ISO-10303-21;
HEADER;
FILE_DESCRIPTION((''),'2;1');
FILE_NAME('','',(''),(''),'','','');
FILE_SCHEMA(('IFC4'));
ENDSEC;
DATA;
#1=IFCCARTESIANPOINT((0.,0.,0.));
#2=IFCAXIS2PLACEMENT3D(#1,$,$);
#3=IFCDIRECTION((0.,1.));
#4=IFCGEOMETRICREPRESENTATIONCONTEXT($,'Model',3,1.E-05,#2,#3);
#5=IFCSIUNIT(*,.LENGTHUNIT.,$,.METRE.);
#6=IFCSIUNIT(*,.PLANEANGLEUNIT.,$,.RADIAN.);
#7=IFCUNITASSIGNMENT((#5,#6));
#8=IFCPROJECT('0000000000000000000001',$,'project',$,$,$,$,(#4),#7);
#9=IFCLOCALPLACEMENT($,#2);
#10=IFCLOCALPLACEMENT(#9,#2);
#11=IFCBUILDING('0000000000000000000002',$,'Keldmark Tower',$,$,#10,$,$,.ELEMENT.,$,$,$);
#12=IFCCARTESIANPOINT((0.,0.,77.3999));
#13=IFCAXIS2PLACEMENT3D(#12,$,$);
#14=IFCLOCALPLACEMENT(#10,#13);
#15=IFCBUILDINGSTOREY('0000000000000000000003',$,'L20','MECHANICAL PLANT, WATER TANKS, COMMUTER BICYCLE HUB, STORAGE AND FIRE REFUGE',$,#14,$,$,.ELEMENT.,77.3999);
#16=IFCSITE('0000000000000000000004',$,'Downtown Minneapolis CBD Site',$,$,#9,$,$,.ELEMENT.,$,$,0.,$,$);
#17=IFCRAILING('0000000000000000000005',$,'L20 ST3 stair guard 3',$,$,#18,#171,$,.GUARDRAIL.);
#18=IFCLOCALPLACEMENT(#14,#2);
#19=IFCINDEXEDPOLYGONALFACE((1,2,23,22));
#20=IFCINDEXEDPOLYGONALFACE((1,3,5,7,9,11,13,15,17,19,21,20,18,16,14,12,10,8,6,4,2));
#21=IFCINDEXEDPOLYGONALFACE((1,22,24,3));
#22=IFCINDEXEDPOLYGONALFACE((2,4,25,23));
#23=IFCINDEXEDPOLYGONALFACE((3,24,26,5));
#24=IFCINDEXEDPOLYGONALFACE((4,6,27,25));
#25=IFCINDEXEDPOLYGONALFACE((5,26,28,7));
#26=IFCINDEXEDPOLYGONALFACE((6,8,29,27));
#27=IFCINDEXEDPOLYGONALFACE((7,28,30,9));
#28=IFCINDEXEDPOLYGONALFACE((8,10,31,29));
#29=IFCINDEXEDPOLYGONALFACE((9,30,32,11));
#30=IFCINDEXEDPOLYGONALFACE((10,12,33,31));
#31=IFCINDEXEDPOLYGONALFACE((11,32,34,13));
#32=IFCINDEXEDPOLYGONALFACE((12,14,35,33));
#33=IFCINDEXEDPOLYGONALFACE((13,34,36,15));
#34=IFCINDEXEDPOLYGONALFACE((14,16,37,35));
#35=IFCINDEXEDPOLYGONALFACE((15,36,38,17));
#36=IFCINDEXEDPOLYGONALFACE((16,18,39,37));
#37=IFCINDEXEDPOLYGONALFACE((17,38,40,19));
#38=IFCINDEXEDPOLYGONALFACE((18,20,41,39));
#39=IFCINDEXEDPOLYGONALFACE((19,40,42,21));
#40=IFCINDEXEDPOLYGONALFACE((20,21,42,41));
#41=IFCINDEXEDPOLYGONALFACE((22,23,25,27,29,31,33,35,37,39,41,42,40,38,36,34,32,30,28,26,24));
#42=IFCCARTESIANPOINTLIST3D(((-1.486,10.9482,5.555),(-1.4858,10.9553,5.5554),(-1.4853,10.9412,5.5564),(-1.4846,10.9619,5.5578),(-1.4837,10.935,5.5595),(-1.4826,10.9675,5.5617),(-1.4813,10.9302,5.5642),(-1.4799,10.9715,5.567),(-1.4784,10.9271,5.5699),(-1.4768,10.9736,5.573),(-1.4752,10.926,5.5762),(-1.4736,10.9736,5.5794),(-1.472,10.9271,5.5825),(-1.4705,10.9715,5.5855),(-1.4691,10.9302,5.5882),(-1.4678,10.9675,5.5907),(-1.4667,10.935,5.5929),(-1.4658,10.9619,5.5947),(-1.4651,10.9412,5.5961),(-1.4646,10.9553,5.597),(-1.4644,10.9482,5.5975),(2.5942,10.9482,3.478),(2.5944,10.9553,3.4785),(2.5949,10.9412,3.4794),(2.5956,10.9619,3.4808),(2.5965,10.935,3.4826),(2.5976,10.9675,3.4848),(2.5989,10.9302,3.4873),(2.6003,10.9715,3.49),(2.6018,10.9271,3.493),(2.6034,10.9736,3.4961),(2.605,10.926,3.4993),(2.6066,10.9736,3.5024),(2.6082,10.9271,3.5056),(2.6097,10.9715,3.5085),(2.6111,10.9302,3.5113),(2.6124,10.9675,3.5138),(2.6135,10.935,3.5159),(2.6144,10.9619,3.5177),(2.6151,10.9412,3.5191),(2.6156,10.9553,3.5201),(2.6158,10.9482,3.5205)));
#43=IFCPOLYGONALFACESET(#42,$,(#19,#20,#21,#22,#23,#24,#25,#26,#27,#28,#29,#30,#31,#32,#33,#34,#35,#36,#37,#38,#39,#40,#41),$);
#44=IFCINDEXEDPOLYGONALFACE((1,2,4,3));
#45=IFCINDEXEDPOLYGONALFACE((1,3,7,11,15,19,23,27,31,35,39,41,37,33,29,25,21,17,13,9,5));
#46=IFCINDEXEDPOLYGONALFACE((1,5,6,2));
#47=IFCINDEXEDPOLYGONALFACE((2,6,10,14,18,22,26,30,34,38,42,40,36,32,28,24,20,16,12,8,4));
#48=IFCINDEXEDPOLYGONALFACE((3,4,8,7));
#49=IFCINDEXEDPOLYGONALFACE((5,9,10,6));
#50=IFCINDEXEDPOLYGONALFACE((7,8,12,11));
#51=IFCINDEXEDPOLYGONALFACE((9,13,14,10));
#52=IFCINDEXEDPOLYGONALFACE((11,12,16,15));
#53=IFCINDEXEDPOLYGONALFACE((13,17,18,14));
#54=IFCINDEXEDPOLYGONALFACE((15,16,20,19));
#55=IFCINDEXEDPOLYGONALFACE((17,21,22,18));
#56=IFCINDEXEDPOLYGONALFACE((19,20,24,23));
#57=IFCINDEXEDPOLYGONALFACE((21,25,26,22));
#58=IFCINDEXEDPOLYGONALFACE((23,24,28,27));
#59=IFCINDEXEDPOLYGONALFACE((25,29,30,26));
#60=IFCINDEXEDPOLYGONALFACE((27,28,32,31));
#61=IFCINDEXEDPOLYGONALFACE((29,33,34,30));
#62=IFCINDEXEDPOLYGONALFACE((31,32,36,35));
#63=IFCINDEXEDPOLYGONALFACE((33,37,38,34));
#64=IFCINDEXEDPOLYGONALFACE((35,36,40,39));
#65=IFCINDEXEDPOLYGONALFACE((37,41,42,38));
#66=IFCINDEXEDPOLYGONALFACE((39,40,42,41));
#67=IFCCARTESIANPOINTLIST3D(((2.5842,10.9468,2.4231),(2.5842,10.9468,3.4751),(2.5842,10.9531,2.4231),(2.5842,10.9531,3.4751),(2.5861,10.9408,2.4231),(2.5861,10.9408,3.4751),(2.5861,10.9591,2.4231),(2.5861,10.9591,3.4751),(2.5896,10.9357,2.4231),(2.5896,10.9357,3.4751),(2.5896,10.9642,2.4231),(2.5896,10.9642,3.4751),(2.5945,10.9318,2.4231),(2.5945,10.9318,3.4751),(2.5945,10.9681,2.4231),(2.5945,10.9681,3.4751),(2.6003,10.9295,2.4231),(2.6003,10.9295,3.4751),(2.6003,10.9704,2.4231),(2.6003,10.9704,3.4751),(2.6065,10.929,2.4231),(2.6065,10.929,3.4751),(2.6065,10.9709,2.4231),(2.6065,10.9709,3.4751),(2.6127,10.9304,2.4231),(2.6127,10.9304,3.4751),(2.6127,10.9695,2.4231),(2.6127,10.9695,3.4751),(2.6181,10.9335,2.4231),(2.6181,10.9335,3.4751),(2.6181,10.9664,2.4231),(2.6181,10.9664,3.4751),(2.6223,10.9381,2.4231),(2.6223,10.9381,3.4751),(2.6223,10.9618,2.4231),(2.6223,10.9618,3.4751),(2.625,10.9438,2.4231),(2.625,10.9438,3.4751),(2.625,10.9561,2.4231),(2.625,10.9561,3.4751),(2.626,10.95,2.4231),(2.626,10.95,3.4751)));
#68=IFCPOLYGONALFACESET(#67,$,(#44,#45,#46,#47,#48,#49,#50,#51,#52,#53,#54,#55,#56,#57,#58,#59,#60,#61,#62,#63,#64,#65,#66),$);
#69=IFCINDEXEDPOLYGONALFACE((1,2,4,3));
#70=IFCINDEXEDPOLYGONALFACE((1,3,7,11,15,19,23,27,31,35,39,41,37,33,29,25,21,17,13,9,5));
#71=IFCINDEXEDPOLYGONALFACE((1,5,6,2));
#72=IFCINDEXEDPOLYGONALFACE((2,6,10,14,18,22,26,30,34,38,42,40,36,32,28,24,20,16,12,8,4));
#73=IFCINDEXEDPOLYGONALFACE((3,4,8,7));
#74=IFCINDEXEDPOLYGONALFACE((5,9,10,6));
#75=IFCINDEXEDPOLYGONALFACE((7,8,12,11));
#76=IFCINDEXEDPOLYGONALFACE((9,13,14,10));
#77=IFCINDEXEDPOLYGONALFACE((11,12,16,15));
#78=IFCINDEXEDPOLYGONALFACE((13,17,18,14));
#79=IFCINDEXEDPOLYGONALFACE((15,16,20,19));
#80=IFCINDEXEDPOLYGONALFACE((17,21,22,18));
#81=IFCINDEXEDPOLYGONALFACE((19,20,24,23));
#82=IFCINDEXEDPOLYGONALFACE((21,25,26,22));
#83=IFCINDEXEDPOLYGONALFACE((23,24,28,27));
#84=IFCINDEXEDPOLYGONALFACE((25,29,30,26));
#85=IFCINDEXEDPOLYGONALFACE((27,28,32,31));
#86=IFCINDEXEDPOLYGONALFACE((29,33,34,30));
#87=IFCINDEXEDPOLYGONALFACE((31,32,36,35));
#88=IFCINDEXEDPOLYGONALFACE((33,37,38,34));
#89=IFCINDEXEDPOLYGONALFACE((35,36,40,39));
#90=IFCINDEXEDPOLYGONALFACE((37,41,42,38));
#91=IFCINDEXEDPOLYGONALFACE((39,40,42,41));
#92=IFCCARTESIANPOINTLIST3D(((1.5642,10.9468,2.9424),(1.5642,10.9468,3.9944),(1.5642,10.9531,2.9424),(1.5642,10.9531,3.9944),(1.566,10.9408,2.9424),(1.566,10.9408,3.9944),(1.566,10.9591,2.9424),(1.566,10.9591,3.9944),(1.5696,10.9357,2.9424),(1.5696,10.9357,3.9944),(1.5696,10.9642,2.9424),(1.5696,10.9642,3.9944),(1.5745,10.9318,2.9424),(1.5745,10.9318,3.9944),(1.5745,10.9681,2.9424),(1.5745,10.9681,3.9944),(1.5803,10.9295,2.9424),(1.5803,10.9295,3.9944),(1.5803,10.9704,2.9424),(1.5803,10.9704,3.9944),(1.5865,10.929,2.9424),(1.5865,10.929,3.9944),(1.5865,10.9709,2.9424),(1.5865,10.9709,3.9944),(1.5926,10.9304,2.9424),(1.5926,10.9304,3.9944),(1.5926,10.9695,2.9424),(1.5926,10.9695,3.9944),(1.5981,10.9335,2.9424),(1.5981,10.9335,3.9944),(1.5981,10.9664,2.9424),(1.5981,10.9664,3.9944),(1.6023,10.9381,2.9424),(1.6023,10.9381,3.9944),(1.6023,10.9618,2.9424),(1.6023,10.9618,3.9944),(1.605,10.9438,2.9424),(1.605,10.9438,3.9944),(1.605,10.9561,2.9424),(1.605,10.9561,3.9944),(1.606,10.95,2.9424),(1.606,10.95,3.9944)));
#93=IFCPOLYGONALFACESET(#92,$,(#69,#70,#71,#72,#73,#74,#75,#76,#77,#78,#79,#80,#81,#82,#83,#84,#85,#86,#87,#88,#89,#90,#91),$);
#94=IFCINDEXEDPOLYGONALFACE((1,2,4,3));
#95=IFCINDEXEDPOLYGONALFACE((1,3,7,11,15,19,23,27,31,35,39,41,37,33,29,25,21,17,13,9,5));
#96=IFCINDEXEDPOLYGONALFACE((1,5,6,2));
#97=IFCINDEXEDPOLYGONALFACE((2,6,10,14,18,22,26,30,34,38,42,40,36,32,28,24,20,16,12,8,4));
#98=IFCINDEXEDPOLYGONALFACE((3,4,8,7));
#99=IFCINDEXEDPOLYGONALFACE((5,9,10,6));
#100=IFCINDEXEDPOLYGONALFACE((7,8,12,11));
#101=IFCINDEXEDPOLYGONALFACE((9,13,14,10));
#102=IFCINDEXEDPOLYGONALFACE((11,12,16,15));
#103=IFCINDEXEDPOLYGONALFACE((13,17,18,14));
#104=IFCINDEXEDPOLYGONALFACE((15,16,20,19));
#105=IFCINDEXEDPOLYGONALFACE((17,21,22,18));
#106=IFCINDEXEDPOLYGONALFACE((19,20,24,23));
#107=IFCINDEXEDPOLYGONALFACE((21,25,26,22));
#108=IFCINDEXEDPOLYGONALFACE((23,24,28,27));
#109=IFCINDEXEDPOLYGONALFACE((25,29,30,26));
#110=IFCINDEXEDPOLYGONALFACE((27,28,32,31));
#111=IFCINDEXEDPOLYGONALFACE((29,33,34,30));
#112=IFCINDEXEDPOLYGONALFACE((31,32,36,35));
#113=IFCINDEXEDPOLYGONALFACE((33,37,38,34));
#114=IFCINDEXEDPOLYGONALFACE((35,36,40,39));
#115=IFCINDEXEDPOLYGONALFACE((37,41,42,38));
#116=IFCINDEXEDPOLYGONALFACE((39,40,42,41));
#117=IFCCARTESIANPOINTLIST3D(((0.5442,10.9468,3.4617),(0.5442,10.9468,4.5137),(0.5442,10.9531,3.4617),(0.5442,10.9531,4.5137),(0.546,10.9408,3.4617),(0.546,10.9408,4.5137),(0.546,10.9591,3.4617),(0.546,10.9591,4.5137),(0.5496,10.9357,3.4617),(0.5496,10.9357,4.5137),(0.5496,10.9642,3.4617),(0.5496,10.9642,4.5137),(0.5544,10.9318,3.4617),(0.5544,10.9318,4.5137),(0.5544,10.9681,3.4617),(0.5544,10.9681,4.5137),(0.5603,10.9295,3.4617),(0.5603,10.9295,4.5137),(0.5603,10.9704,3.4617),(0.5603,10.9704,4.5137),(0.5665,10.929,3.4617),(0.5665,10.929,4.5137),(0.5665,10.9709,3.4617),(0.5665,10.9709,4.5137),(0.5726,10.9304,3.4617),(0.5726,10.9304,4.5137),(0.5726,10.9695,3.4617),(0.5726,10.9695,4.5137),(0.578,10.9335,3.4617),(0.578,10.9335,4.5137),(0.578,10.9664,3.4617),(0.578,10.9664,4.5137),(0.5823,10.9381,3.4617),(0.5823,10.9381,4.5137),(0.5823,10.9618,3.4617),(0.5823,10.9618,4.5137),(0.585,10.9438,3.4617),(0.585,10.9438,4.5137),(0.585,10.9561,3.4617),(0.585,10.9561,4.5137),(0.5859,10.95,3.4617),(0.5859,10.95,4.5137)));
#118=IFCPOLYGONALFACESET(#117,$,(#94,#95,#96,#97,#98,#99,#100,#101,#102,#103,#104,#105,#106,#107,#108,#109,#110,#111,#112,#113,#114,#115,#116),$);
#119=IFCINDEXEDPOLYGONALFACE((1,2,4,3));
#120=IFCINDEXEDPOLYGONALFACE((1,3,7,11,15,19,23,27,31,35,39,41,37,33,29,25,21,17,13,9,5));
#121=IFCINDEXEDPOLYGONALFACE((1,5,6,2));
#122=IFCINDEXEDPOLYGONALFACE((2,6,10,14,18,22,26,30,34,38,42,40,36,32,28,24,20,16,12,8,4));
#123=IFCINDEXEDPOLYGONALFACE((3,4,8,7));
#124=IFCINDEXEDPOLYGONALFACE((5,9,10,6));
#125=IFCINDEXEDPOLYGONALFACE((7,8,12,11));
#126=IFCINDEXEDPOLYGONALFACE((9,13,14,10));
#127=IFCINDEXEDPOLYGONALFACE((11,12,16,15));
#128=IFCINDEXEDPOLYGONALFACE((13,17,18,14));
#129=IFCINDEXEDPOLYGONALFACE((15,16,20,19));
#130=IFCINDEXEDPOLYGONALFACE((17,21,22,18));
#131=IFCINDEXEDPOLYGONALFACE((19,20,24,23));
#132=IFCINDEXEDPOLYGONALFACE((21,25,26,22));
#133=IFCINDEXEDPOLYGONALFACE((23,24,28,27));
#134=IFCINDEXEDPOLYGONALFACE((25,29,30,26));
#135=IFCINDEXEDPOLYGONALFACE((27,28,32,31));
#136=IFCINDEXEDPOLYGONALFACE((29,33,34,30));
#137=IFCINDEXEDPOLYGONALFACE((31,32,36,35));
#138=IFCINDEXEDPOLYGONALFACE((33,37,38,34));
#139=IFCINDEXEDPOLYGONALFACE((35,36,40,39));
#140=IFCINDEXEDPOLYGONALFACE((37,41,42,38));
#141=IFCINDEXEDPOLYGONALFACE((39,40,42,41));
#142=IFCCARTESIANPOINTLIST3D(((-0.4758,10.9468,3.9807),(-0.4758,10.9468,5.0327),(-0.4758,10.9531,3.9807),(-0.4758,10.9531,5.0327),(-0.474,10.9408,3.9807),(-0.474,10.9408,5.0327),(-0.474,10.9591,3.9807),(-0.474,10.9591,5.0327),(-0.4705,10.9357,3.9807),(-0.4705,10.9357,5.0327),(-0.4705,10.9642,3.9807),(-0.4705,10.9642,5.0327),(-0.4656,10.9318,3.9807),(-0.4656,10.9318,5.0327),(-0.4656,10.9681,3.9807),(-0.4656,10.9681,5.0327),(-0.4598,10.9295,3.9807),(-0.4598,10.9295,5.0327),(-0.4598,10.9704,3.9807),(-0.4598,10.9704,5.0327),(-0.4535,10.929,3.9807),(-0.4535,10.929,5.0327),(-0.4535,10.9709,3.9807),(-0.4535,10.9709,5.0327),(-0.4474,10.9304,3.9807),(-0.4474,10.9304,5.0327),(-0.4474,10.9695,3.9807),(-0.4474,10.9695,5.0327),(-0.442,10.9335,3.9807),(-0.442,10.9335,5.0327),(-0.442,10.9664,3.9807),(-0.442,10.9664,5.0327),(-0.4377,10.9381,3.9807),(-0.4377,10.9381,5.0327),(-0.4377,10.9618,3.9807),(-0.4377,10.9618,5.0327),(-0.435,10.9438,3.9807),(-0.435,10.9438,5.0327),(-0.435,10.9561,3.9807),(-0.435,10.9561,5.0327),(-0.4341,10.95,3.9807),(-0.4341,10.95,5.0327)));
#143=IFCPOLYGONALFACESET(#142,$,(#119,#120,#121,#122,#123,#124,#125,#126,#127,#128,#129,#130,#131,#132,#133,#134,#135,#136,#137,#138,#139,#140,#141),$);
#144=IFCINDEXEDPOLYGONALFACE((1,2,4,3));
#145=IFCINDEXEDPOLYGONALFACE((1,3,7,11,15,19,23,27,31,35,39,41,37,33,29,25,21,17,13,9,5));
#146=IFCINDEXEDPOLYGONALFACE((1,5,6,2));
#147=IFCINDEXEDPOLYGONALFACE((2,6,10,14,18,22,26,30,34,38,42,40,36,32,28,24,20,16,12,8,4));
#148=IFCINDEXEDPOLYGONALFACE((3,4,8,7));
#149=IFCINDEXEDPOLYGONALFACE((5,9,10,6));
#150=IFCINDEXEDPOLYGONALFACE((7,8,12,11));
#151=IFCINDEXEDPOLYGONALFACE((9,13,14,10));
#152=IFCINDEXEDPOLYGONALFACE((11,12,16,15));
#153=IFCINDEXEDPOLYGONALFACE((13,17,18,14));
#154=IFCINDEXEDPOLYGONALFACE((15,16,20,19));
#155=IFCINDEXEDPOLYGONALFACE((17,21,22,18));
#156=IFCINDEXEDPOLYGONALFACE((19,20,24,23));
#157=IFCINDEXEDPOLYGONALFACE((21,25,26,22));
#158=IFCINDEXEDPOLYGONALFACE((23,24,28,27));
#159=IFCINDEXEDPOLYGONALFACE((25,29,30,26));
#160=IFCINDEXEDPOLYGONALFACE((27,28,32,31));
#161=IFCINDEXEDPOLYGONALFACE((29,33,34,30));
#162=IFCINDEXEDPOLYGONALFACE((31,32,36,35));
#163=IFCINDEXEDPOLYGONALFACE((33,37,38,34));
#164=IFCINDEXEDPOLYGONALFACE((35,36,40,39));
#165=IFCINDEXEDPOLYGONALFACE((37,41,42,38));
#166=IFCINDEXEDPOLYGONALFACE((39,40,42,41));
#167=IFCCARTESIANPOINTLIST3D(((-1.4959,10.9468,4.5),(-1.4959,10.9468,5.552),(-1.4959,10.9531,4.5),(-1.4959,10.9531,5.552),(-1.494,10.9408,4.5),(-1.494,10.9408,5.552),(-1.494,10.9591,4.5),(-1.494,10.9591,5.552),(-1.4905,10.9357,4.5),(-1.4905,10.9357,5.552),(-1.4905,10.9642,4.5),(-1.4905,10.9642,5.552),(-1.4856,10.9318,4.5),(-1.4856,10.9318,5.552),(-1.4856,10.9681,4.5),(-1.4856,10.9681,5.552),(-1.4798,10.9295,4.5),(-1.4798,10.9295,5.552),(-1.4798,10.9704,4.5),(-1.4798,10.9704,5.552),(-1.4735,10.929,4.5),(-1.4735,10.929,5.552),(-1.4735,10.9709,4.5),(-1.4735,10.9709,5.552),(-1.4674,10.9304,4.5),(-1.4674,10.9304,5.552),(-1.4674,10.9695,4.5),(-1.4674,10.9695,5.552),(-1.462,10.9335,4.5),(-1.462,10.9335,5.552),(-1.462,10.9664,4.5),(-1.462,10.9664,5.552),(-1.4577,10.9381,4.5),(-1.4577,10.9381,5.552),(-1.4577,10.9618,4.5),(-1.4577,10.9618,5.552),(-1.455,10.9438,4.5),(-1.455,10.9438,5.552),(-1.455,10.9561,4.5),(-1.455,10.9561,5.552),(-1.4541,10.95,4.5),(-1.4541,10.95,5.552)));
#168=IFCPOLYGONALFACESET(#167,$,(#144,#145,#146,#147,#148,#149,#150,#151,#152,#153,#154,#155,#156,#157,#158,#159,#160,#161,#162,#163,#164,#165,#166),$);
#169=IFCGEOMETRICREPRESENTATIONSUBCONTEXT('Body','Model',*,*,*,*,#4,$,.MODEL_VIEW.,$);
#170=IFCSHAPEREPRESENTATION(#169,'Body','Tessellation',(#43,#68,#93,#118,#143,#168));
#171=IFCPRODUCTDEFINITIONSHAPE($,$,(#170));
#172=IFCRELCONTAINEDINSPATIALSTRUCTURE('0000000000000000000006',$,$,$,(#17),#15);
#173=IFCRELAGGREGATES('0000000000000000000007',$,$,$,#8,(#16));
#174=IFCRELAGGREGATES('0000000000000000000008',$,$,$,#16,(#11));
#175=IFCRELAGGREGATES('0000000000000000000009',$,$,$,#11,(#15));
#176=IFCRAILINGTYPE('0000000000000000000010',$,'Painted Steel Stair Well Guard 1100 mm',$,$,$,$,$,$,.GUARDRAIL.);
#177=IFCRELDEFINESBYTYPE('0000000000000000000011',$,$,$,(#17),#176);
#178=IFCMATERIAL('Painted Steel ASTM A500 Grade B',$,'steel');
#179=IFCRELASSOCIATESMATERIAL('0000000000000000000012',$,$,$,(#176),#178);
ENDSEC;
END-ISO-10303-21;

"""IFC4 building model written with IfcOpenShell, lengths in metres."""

from ifc_helpers import new_model, si_unit, direction, frame, origin, origin_2d, place, context, subcontext, project, spatial, circle, extrude, material, type_object, element, save


model = new_model("IFC4")

# Units and contexts
model_context = context("Model", 3, precision=1e-05, world=origin(), true_north=direction((0.0, 1.0)))
body_context = subcontext(model_context, "Body", "Model", "MODEL_VIEW")
ifc_project = project(units=[si_unit("LENGTHUNIT", "METRE"), si_unit("PLANEANGLEUNIT", "RADIAN")], contexts=[model_context])

# Site, building, storey
site_placement = place(None, origin())
site = spatial("IfcSite", under=ifc_project, at=site_placement, Name="Downtown Minneapolis CBD Site", CompositionType="ELEMENT", RefElevation=0.0)
building_placement = place(site_placement, origin())
building = spatial("IfcBuilding", under=site, at=building_placement, Name="Keldmark Tower", CompositionType="ELEMENT")
storey_placement = place(building_placement, frame((0.0, 0.0, 77.3999)))
storey = spatial("IfcBuildingStorey", under=building, at=storey_placement, Name="L20", Description="MECHANICAL PLANT, WATER TANKS, COMMUTER BICYCLE HUB, STORAGE AND FIRE REFUGE", CompositionType="ELEMENT", Elevation=77.3999)

# Railing
ifc_material_1 = material(Name="Painted Steel ASTM A500 Grade B", Category="steel")
railing_type_1 = type_object("IfcRailingType", Name="Painted Steel Stair Well Guard 1100 mm", PredefinedType="GUARDRAIL", material=ifc_material_1)
railing_1_placement = place(storey_placement, frame((2.605, 10.95, 2.4231)))
element("IfcRailing", 1, at=railing_1_placement, inside=storey, type_object=railing_type_1, Name="L20 ST3 stair guard 3", PredefinedType="GUARDRAIL", context=body_context, shape_type="SweptSolid", body=[
    extrude(circle(Radius=0.0239, at=origin_2d()), frame((0.0, 0.0, 1.0762), z_axis=(-0.891183, 0.0, 0.453644), x_axis=(0.0, -1.0, 0.0)), (0.0, 0.0, 1.0), 4.5784),
    extrude(circle(Radius=0.021, at=origin_2d()), origin(), (0.0, 0.0, 1.0), 1.052),
    extrude(circle(Radius=0.021, at=origin_2d()), frame((-1.02, 0.0, 0.5193)), (0.0, 0.0, 1.0), 1.052),
    extrude(circle(Radius=0.021, at=origin_2d()), frame((-2.04, 0.0, 1.0386)), (0.0, 0.0, 1.0), 1.052),
    extrude(circle(Radius=0.021, at=origin_2d()), frame((-3.0601, 0.0, 1.5576)), (0.0, 0.0, 1.0), 1.052),
    extrude(circle(Radius=0.021, at=origin_2d()), frame((-4.0801, 0.0, 2.0769)), (0.0, 0.0, 1.0), 1.052),
])

save(model, "model.ifc")
